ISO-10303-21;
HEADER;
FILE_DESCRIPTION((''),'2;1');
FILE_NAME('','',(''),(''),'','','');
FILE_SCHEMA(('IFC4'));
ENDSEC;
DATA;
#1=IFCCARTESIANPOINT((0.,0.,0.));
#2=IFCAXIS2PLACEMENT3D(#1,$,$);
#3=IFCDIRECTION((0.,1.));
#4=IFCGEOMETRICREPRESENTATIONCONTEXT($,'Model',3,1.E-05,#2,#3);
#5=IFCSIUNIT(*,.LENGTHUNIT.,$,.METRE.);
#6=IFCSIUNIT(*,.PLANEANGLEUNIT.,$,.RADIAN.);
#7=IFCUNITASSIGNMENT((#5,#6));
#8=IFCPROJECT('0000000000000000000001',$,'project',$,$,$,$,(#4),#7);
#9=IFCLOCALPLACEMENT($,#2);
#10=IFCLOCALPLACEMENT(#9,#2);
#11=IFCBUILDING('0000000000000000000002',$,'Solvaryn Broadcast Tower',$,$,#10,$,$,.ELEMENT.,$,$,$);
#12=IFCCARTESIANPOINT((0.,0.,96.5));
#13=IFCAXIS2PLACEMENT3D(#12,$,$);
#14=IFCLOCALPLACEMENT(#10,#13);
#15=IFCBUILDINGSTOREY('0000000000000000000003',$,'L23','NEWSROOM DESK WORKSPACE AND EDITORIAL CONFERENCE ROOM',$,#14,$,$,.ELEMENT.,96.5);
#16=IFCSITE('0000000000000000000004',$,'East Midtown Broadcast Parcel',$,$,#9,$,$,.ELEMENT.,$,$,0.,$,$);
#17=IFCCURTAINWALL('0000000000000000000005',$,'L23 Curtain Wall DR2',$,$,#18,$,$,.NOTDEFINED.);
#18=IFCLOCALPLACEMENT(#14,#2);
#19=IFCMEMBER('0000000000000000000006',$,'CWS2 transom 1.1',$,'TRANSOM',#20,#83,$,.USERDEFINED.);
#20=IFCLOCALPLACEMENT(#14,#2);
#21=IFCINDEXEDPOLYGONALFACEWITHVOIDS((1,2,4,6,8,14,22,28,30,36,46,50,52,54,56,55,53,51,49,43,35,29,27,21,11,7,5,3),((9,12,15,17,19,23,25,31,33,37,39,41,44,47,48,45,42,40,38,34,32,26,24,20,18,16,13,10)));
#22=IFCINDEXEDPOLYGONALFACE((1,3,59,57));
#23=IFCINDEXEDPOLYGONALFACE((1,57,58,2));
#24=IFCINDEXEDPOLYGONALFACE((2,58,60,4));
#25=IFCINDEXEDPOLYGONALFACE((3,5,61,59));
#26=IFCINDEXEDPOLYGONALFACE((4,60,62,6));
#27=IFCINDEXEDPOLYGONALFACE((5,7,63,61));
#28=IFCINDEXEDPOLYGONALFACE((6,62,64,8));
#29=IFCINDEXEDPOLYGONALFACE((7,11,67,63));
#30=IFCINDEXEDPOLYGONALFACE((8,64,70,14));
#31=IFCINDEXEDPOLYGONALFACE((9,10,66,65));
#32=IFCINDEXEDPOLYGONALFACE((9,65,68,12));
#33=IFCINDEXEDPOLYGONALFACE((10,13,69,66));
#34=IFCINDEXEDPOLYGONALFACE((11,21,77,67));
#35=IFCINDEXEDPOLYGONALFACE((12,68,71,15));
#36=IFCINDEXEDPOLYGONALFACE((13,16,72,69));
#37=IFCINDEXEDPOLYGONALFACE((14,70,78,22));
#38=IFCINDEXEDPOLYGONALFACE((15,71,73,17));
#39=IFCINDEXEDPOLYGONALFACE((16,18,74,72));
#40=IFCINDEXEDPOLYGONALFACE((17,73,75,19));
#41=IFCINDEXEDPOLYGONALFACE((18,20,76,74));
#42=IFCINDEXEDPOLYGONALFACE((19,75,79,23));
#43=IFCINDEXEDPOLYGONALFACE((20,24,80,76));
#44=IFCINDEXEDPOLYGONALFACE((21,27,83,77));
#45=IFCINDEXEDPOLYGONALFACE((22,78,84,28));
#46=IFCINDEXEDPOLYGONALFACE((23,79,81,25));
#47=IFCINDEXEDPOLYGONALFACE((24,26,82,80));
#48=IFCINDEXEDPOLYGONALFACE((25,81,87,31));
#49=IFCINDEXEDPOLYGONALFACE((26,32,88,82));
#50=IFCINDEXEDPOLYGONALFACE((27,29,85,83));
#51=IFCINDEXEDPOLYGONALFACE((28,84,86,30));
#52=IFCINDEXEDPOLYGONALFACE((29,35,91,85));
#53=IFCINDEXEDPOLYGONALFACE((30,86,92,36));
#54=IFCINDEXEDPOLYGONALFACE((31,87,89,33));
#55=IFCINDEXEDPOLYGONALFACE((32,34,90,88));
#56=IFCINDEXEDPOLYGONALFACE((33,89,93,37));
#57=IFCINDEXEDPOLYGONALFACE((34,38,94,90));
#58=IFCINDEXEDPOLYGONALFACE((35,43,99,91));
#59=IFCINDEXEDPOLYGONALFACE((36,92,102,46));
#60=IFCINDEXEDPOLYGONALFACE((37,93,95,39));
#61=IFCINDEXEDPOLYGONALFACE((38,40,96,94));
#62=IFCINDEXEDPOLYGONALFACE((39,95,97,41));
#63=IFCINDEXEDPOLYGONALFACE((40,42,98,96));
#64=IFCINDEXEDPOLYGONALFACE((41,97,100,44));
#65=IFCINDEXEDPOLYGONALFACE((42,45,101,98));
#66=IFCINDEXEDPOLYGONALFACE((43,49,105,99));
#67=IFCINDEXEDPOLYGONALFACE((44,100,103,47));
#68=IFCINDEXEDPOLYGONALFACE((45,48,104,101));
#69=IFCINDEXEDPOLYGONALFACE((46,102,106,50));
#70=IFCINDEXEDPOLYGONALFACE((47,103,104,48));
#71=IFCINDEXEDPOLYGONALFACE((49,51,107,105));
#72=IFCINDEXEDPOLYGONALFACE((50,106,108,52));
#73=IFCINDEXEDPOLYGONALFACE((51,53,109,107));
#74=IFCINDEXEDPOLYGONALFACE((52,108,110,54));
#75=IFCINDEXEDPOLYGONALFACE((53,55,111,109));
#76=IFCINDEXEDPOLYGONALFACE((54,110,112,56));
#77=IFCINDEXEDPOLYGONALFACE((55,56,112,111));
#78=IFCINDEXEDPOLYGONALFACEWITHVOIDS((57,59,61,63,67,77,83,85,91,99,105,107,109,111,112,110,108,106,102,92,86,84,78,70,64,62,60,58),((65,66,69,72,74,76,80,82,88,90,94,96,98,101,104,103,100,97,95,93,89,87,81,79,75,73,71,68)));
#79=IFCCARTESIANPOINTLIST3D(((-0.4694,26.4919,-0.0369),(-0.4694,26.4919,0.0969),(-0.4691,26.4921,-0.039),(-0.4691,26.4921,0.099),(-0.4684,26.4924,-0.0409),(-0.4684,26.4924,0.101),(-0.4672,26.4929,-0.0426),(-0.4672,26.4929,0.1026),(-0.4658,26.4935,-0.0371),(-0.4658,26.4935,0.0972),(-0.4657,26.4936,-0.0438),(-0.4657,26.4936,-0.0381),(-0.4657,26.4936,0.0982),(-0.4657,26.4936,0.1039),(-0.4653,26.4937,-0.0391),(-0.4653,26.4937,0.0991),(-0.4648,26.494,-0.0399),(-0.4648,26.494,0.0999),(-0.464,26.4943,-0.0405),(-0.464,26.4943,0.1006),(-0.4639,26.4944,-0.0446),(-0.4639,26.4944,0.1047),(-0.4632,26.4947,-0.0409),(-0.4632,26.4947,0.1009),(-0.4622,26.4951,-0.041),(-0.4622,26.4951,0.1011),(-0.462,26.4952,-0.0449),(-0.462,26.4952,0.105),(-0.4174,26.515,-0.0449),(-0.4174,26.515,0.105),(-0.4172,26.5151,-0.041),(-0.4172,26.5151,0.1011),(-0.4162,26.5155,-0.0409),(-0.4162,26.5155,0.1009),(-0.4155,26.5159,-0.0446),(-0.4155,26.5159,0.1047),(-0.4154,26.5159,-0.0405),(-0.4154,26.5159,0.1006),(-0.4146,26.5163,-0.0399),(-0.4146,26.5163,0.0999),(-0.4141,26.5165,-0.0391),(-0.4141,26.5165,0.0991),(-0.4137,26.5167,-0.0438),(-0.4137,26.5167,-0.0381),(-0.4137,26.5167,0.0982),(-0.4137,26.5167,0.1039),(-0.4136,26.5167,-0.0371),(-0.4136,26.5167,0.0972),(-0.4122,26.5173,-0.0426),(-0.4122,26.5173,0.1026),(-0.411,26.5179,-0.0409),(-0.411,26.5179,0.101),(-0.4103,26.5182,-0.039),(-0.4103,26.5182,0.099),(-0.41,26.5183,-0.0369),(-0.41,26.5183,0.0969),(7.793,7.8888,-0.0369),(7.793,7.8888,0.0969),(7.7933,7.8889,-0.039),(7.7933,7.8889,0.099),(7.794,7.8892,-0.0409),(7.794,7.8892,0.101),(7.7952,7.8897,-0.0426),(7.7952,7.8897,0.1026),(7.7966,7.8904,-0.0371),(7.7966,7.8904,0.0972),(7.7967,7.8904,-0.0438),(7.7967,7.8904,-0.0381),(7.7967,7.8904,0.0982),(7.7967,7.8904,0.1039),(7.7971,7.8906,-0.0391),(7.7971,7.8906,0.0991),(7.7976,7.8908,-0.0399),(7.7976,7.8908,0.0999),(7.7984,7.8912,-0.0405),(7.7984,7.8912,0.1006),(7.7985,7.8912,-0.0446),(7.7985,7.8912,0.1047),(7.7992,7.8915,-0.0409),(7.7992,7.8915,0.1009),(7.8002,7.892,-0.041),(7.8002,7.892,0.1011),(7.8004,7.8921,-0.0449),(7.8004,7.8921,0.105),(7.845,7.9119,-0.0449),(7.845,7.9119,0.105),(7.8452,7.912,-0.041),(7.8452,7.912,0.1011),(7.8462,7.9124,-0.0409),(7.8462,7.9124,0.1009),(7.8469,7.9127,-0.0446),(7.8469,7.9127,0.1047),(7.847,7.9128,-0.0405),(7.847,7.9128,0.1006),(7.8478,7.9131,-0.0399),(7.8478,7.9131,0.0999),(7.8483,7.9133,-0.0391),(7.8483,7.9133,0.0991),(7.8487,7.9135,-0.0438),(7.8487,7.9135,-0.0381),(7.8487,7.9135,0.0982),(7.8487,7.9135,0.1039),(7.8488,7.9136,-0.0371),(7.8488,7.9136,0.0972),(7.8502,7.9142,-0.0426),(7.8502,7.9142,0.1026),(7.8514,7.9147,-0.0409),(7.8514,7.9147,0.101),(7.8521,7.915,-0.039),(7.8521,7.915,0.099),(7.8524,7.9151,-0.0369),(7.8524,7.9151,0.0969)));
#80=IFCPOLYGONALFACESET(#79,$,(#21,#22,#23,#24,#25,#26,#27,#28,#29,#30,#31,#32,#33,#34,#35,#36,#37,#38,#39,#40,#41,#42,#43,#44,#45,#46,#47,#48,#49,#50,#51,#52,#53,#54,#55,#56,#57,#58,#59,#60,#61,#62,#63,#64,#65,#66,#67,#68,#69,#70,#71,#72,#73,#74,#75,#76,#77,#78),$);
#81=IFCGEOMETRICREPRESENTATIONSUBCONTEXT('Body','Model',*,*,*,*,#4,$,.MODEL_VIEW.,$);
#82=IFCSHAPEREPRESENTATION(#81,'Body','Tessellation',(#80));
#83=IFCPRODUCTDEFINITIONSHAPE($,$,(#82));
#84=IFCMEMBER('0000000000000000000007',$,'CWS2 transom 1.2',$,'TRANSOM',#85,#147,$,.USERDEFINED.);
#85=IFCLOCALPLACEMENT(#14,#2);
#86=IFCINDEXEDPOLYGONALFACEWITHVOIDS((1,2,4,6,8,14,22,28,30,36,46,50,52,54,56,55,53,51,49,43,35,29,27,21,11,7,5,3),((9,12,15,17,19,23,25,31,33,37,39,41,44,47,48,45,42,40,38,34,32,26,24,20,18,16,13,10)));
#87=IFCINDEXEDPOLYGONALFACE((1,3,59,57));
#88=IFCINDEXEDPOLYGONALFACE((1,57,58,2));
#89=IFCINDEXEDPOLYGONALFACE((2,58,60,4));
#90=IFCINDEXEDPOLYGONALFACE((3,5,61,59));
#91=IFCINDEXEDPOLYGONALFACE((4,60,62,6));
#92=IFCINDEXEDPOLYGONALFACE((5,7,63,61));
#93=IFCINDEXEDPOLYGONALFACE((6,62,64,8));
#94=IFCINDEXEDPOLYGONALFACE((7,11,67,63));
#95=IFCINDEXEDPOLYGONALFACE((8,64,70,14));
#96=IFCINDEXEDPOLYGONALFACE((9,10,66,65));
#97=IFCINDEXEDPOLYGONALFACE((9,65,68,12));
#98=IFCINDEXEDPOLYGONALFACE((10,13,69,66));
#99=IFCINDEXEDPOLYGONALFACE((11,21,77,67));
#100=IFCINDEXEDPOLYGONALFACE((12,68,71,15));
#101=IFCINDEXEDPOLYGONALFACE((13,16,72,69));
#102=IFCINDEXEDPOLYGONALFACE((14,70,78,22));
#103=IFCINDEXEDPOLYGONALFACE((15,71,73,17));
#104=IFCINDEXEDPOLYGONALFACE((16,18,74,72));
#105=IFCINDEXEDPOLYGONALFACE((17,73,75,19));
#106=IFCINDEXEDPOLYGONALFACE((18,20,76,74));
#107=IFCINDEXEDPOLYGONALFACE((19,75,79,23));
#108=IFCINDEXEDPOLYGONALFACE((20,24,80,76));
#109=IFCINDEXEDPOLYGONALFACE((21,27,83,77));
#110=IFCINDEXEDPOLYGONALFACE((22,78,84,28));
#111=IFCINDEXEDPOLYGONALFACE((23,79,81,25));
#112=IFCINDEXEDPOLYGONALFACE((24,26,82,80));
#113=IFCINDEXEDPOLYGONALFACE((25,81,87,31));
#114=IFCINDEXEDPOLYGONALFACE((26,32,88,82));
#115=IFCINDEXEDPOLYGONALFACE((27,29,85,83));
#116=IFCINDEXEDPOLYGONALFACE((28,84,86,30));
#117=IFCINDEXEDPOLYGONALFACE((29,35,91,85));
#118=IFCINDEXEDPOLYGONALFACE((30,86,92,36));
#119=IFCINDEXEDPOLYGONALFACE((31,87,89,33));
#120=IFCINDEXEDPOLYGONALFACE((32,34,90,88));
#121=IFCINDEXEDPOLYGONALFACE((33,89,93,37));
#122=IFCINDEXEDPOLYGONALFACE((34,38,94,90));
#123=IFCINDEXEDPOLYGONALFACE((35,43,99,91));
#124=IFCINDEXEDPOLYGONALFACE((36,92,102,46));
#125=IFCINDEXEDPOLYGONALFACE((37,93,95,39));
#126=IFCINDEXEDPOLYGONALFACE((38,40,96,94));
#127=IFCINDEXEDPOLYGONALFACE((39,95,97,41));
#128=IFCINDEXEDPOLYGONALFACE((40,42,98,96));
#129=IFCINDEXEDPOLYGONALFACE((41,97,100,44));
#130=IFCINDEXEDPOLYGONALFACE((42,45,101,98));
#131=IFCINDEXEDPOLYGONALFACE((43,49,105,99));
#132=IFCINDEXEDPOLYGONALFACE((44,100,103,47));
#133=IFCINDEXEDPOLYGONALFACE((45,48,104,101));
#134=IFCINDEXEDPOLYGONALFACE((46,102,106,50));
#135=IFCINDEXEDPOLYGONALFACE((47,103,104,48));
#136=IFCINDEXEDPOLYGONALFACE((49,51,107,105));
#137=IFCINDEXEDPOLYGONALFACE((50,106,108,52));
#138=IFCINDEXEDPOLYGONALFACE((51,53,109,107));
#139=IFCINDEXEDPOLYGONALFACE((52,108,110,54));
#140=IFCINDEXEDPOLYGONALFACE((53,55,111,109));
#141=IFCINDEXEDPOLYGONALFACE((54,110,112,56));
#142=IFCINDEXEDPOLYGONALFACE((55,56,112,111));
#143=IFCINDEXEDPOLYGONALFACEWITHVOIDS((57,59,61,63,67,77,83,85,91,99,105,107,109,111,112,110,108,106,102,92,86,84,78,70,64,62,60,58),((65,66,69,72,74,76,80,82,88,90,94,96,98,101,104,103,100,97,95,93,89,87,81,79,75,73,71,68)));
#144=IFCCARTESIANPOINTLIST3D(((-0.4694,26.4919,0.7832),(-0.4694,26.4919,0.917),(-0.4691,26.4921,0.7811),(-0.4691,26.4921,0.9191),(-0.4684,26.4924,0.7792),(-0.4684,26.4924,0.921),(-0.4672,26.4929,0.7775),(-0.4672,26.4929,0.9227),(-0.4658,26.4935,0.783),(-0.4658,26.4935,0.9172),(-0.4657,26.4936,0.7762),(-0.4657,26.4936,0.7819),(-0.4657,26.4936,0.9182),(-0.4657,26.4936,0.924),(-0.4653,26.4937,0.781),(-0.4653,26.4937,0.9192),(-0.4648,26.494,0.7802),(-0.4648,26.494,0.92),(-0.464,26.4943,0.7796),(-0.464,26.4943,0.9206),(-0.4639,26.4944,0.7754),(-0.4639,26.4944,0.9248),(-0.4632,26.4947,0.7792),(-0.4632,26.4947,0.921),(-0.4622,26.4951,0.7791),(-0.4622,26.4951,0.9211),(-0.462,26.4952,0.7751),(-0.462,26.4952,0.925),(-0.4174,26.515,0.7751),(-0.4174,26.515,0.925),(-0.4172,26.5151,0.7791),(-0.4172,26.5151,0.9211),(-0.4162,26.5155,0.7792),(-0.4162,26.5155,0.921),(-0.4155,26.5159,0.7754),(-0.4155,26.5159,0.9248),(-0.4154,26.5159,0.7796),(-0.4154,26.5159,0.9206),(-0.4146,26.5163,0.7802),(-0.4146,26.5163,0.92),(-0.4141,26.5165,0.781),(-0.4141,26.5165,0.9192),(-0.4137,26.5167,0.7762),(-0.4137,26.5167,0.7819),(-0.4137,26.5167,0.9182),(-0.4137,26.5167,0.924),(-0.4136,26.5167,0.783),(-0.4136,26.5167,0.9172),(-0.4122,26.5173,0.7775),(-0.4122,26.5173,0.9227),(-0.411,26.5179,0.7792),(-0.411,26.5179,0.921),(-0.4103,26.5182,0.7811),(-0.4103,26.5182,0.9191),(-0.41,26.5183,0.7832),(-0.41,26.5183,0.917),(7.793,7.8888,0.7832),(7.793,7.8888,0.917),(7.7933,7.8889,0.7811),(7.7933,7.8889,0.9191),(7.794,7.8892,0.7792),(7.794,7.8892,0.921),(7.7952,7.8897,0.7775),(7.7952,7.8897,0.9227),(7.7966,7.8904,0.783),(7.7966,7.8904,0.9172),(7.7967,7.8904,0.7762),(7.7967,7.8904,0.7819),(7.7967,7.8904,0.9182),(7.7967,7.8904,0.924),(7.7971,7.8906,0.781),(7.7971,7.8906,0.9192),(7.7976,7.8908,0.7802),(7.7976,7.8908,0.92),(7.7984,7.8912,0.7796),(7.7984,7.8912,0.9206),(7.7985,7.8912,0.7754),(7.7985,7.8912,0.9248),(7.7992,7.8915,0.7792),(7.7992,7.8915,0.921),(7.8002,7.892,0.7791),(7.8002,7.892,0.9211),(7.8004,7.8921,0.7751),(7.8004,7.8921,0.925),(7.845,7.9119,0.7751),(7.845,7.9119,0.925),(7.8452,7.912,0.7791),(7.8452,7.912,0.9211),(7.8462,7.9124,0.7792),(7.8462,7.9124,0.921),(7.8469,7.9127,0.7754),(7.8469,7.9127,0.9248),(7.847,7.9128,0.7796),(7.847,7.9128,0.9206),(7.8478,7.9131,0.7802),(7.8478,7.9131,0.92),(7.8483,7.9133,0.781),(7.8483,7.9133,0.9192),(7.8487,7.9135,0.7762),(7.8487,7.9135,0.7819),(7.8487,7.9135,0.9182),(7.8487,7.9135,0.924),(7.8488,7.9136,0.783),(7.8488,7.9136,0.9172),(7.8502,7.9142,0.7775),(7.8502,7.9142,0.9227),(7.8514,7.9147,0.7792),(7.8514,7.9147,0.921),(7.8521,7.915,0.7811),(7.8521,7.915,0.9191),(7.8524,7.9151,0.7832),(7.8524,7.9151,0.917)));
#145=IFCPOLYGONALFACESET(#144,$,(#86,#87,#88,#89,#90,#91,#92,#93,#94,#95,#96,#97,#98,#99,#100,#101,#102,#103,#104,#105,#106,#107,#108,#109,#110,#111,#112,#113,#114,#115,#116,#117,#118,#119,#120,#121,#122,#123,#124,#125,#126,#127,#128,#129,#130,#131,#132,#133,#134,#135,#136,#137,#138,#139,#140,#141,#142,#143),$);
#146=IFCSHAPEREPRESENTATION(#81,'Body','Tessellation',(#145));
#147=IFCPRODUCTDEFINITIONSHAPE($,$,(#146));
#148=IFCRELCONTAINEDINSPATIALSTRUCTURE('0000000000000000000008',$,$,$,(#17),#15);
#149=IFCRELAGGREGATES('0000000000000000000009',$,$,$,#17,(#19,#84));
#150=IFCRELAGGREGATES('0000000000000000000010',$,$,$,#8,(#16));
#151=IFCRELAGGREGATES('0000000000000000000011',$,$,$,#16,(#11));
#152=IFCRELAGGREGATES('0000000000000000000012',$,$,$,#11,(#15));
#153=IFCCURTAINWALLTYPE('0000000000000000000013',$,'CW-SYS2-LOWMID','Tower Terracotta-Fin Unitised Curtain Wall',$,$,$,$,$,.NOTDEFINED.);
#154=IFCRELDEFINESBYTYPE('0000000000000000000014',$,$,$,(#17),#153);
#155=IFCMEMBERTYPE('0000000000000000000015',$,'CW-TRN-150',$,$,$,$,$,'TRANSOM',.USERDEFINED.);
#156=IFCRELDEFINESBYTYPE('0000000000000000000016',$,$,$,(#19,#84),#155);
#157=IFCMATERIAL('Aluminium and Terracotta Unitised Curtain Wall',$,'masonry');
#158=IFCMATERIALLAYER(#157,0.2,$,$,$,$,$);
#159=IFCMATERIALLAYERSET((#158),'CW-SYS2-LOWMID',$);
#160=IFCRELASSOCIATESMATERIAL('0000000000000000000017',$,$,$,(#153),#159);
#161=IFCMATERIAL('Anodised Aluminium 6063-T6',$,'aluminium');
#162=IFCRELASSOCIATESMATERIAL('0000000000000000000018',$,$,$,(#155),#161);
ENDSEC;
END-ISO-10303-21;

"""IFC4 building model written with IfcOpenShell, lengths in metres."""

from ifc_helpers import new_model, si_unit, direction, frame, origin, origin_2d, place, context, subcontext, project, spatial, hollow_rectangle, extrude, material, layer, layer_set, material_profile, profile_set, type_object, element, aggregate, save


model = new_model("IFC4")

# Units and contexts
model_context = context("Model", 3, precision=1e-05, world=origin(), true_north=direction((0.0, 1.0)))
body_context = subcontext(model_context, "Body", "Model", "MODEL_VIEW")
ifc_project = project(units=[si_unit("LENGTHUNIT", "METRE"), si_unit("PLANEANGLEUNIT", "RADIAN")], contexts=[model_context])

# Site, building, storey
site_placement = place(None, origin())
site = spatial("IfcSite", under=ifc_project, at=site_placement, Name="East Midtown Broadcast Parcel", CompositionType="ELEMENT", RefElevation=0.0)
building_placement = place(site_placement, origin())
building = spatial("IfcBuilding", under=site, at=building_placement, Name="Solvaryn Broadcast Tower", CompositionType="ELEMENT")
storey_placement = place(building_placement, frame((0.0, 0.0, 96.5)))
storey = spatial("IfcBuildingStorey", under=building, at=storey_placement, Name="L23", Description="NEWSROOM DESK WORKSPACE AND EDITORIAL CONFERENCE ROOM", CompositionType="ELEMENT", Elevation=96.5)

# Shared definitions
ifc_material_1 = material(Name="Aluminium and Terracotta Unitised Curtain Wall", Category="masonry")
ifc_layer_1 = layer(ifc_material_1, 0.2)
ifc_layer_set_1 = layer_set([ifc_layer_1], Name="CW-SYS2-LOWMID")
curtain_wall_type = type_object("IfcCurtainWallType", Name="CW-SYS2-LOWMID", Description="Tower Terracotta-Fin Unitised Curtain Wall", PredefinedType="NOTDEFINED", material=ifc_layer_set_1)

# Curtain wall, members
curtain_wall_1_placement = place(storey_placement, origin())
curtain_wall_1 = element("IfcCurtainWall", 1, at=curtain_wall_1_placement, inside=storey, type_object=curtain_wall_type, Name="L23 Curtain Wall DR2", PredefinedType="NOTDEFINED")
ifc_material_2 = material(Name="Anodised Aluminium 6063-T6", Category="aluminium")
ifc_material_profile_1 = material_profile(ifc_material_2, hollow_rectangle(XDim=0.0649, YDim=0.1499, WallThickness=0.0039, InnerFilletRadius=0.0039, OuterFilletRadius=0.0081, at=origin_2d()))
ifc_profile_set_1 = profile_set([ifc_material_profile_1], Name="Anodised Aluminium 6063-T6")
member_type_1 = type_object("IfcMemberType", Name="CW-TRN-150", ElementType="TRANSOM", PredefinedType="USERDEFINED", material=ifc_profile_set_1)
member_1_placement = place(storey_placement, frame((-0.4397, 26.5051, 0.03), z_axis=(0.405906, -0.913915, 0.0), x_axis=(0.913915, 0.405906, 0.0)))
member_1 = element("IfcMember", 2, at=member_1_placement, type_object=member_type_1, Name="CWS2 transom 1.1", ObjectType="TRANSOM", PredefinedType="USERDEFINED", context=body_context, shape_type="SweptSolid", body=[
    extrude(hollow_rectangle(XDim=0.0649, YDim=0.1499, WallThickness=0.0039, InnerFilletRadius=0.0039, OuterFilletRadius=0.0081, at=origin_2d()), origin(), (0.0, 0.0, 1.0), 20.3555),
])
member_2_placement = place(storey_placement, frame((-0.4397, 26.5051, 0.8501), z_axis=(0.405906, -0.913915, 0.0), x_axis=(0.913915, 0.405906, 0.0)))
member_2 = element("IfcMember", 3, at=member_2_placement, type_object=member_type_1, Name="CWS2 transom 1.2", ObjectType="TRANSOM", PredefinedType="USERDEFINED", context=body_context, shape_type="SweptSolid", body=[
    extrude(hollow_rectangle(XDim=0.0649, YDim=0.1499, WallThickness=0.0039, InnerFilletRadius=0.0039, OuterFilletRadius=0.0081, at=origin_2d()), origin(), (0.0, 0.0, 1.0), 20.3555),
])
aggregate(curtain_wall_1, [member_1, member_2])

save(model, "model.ifc")
